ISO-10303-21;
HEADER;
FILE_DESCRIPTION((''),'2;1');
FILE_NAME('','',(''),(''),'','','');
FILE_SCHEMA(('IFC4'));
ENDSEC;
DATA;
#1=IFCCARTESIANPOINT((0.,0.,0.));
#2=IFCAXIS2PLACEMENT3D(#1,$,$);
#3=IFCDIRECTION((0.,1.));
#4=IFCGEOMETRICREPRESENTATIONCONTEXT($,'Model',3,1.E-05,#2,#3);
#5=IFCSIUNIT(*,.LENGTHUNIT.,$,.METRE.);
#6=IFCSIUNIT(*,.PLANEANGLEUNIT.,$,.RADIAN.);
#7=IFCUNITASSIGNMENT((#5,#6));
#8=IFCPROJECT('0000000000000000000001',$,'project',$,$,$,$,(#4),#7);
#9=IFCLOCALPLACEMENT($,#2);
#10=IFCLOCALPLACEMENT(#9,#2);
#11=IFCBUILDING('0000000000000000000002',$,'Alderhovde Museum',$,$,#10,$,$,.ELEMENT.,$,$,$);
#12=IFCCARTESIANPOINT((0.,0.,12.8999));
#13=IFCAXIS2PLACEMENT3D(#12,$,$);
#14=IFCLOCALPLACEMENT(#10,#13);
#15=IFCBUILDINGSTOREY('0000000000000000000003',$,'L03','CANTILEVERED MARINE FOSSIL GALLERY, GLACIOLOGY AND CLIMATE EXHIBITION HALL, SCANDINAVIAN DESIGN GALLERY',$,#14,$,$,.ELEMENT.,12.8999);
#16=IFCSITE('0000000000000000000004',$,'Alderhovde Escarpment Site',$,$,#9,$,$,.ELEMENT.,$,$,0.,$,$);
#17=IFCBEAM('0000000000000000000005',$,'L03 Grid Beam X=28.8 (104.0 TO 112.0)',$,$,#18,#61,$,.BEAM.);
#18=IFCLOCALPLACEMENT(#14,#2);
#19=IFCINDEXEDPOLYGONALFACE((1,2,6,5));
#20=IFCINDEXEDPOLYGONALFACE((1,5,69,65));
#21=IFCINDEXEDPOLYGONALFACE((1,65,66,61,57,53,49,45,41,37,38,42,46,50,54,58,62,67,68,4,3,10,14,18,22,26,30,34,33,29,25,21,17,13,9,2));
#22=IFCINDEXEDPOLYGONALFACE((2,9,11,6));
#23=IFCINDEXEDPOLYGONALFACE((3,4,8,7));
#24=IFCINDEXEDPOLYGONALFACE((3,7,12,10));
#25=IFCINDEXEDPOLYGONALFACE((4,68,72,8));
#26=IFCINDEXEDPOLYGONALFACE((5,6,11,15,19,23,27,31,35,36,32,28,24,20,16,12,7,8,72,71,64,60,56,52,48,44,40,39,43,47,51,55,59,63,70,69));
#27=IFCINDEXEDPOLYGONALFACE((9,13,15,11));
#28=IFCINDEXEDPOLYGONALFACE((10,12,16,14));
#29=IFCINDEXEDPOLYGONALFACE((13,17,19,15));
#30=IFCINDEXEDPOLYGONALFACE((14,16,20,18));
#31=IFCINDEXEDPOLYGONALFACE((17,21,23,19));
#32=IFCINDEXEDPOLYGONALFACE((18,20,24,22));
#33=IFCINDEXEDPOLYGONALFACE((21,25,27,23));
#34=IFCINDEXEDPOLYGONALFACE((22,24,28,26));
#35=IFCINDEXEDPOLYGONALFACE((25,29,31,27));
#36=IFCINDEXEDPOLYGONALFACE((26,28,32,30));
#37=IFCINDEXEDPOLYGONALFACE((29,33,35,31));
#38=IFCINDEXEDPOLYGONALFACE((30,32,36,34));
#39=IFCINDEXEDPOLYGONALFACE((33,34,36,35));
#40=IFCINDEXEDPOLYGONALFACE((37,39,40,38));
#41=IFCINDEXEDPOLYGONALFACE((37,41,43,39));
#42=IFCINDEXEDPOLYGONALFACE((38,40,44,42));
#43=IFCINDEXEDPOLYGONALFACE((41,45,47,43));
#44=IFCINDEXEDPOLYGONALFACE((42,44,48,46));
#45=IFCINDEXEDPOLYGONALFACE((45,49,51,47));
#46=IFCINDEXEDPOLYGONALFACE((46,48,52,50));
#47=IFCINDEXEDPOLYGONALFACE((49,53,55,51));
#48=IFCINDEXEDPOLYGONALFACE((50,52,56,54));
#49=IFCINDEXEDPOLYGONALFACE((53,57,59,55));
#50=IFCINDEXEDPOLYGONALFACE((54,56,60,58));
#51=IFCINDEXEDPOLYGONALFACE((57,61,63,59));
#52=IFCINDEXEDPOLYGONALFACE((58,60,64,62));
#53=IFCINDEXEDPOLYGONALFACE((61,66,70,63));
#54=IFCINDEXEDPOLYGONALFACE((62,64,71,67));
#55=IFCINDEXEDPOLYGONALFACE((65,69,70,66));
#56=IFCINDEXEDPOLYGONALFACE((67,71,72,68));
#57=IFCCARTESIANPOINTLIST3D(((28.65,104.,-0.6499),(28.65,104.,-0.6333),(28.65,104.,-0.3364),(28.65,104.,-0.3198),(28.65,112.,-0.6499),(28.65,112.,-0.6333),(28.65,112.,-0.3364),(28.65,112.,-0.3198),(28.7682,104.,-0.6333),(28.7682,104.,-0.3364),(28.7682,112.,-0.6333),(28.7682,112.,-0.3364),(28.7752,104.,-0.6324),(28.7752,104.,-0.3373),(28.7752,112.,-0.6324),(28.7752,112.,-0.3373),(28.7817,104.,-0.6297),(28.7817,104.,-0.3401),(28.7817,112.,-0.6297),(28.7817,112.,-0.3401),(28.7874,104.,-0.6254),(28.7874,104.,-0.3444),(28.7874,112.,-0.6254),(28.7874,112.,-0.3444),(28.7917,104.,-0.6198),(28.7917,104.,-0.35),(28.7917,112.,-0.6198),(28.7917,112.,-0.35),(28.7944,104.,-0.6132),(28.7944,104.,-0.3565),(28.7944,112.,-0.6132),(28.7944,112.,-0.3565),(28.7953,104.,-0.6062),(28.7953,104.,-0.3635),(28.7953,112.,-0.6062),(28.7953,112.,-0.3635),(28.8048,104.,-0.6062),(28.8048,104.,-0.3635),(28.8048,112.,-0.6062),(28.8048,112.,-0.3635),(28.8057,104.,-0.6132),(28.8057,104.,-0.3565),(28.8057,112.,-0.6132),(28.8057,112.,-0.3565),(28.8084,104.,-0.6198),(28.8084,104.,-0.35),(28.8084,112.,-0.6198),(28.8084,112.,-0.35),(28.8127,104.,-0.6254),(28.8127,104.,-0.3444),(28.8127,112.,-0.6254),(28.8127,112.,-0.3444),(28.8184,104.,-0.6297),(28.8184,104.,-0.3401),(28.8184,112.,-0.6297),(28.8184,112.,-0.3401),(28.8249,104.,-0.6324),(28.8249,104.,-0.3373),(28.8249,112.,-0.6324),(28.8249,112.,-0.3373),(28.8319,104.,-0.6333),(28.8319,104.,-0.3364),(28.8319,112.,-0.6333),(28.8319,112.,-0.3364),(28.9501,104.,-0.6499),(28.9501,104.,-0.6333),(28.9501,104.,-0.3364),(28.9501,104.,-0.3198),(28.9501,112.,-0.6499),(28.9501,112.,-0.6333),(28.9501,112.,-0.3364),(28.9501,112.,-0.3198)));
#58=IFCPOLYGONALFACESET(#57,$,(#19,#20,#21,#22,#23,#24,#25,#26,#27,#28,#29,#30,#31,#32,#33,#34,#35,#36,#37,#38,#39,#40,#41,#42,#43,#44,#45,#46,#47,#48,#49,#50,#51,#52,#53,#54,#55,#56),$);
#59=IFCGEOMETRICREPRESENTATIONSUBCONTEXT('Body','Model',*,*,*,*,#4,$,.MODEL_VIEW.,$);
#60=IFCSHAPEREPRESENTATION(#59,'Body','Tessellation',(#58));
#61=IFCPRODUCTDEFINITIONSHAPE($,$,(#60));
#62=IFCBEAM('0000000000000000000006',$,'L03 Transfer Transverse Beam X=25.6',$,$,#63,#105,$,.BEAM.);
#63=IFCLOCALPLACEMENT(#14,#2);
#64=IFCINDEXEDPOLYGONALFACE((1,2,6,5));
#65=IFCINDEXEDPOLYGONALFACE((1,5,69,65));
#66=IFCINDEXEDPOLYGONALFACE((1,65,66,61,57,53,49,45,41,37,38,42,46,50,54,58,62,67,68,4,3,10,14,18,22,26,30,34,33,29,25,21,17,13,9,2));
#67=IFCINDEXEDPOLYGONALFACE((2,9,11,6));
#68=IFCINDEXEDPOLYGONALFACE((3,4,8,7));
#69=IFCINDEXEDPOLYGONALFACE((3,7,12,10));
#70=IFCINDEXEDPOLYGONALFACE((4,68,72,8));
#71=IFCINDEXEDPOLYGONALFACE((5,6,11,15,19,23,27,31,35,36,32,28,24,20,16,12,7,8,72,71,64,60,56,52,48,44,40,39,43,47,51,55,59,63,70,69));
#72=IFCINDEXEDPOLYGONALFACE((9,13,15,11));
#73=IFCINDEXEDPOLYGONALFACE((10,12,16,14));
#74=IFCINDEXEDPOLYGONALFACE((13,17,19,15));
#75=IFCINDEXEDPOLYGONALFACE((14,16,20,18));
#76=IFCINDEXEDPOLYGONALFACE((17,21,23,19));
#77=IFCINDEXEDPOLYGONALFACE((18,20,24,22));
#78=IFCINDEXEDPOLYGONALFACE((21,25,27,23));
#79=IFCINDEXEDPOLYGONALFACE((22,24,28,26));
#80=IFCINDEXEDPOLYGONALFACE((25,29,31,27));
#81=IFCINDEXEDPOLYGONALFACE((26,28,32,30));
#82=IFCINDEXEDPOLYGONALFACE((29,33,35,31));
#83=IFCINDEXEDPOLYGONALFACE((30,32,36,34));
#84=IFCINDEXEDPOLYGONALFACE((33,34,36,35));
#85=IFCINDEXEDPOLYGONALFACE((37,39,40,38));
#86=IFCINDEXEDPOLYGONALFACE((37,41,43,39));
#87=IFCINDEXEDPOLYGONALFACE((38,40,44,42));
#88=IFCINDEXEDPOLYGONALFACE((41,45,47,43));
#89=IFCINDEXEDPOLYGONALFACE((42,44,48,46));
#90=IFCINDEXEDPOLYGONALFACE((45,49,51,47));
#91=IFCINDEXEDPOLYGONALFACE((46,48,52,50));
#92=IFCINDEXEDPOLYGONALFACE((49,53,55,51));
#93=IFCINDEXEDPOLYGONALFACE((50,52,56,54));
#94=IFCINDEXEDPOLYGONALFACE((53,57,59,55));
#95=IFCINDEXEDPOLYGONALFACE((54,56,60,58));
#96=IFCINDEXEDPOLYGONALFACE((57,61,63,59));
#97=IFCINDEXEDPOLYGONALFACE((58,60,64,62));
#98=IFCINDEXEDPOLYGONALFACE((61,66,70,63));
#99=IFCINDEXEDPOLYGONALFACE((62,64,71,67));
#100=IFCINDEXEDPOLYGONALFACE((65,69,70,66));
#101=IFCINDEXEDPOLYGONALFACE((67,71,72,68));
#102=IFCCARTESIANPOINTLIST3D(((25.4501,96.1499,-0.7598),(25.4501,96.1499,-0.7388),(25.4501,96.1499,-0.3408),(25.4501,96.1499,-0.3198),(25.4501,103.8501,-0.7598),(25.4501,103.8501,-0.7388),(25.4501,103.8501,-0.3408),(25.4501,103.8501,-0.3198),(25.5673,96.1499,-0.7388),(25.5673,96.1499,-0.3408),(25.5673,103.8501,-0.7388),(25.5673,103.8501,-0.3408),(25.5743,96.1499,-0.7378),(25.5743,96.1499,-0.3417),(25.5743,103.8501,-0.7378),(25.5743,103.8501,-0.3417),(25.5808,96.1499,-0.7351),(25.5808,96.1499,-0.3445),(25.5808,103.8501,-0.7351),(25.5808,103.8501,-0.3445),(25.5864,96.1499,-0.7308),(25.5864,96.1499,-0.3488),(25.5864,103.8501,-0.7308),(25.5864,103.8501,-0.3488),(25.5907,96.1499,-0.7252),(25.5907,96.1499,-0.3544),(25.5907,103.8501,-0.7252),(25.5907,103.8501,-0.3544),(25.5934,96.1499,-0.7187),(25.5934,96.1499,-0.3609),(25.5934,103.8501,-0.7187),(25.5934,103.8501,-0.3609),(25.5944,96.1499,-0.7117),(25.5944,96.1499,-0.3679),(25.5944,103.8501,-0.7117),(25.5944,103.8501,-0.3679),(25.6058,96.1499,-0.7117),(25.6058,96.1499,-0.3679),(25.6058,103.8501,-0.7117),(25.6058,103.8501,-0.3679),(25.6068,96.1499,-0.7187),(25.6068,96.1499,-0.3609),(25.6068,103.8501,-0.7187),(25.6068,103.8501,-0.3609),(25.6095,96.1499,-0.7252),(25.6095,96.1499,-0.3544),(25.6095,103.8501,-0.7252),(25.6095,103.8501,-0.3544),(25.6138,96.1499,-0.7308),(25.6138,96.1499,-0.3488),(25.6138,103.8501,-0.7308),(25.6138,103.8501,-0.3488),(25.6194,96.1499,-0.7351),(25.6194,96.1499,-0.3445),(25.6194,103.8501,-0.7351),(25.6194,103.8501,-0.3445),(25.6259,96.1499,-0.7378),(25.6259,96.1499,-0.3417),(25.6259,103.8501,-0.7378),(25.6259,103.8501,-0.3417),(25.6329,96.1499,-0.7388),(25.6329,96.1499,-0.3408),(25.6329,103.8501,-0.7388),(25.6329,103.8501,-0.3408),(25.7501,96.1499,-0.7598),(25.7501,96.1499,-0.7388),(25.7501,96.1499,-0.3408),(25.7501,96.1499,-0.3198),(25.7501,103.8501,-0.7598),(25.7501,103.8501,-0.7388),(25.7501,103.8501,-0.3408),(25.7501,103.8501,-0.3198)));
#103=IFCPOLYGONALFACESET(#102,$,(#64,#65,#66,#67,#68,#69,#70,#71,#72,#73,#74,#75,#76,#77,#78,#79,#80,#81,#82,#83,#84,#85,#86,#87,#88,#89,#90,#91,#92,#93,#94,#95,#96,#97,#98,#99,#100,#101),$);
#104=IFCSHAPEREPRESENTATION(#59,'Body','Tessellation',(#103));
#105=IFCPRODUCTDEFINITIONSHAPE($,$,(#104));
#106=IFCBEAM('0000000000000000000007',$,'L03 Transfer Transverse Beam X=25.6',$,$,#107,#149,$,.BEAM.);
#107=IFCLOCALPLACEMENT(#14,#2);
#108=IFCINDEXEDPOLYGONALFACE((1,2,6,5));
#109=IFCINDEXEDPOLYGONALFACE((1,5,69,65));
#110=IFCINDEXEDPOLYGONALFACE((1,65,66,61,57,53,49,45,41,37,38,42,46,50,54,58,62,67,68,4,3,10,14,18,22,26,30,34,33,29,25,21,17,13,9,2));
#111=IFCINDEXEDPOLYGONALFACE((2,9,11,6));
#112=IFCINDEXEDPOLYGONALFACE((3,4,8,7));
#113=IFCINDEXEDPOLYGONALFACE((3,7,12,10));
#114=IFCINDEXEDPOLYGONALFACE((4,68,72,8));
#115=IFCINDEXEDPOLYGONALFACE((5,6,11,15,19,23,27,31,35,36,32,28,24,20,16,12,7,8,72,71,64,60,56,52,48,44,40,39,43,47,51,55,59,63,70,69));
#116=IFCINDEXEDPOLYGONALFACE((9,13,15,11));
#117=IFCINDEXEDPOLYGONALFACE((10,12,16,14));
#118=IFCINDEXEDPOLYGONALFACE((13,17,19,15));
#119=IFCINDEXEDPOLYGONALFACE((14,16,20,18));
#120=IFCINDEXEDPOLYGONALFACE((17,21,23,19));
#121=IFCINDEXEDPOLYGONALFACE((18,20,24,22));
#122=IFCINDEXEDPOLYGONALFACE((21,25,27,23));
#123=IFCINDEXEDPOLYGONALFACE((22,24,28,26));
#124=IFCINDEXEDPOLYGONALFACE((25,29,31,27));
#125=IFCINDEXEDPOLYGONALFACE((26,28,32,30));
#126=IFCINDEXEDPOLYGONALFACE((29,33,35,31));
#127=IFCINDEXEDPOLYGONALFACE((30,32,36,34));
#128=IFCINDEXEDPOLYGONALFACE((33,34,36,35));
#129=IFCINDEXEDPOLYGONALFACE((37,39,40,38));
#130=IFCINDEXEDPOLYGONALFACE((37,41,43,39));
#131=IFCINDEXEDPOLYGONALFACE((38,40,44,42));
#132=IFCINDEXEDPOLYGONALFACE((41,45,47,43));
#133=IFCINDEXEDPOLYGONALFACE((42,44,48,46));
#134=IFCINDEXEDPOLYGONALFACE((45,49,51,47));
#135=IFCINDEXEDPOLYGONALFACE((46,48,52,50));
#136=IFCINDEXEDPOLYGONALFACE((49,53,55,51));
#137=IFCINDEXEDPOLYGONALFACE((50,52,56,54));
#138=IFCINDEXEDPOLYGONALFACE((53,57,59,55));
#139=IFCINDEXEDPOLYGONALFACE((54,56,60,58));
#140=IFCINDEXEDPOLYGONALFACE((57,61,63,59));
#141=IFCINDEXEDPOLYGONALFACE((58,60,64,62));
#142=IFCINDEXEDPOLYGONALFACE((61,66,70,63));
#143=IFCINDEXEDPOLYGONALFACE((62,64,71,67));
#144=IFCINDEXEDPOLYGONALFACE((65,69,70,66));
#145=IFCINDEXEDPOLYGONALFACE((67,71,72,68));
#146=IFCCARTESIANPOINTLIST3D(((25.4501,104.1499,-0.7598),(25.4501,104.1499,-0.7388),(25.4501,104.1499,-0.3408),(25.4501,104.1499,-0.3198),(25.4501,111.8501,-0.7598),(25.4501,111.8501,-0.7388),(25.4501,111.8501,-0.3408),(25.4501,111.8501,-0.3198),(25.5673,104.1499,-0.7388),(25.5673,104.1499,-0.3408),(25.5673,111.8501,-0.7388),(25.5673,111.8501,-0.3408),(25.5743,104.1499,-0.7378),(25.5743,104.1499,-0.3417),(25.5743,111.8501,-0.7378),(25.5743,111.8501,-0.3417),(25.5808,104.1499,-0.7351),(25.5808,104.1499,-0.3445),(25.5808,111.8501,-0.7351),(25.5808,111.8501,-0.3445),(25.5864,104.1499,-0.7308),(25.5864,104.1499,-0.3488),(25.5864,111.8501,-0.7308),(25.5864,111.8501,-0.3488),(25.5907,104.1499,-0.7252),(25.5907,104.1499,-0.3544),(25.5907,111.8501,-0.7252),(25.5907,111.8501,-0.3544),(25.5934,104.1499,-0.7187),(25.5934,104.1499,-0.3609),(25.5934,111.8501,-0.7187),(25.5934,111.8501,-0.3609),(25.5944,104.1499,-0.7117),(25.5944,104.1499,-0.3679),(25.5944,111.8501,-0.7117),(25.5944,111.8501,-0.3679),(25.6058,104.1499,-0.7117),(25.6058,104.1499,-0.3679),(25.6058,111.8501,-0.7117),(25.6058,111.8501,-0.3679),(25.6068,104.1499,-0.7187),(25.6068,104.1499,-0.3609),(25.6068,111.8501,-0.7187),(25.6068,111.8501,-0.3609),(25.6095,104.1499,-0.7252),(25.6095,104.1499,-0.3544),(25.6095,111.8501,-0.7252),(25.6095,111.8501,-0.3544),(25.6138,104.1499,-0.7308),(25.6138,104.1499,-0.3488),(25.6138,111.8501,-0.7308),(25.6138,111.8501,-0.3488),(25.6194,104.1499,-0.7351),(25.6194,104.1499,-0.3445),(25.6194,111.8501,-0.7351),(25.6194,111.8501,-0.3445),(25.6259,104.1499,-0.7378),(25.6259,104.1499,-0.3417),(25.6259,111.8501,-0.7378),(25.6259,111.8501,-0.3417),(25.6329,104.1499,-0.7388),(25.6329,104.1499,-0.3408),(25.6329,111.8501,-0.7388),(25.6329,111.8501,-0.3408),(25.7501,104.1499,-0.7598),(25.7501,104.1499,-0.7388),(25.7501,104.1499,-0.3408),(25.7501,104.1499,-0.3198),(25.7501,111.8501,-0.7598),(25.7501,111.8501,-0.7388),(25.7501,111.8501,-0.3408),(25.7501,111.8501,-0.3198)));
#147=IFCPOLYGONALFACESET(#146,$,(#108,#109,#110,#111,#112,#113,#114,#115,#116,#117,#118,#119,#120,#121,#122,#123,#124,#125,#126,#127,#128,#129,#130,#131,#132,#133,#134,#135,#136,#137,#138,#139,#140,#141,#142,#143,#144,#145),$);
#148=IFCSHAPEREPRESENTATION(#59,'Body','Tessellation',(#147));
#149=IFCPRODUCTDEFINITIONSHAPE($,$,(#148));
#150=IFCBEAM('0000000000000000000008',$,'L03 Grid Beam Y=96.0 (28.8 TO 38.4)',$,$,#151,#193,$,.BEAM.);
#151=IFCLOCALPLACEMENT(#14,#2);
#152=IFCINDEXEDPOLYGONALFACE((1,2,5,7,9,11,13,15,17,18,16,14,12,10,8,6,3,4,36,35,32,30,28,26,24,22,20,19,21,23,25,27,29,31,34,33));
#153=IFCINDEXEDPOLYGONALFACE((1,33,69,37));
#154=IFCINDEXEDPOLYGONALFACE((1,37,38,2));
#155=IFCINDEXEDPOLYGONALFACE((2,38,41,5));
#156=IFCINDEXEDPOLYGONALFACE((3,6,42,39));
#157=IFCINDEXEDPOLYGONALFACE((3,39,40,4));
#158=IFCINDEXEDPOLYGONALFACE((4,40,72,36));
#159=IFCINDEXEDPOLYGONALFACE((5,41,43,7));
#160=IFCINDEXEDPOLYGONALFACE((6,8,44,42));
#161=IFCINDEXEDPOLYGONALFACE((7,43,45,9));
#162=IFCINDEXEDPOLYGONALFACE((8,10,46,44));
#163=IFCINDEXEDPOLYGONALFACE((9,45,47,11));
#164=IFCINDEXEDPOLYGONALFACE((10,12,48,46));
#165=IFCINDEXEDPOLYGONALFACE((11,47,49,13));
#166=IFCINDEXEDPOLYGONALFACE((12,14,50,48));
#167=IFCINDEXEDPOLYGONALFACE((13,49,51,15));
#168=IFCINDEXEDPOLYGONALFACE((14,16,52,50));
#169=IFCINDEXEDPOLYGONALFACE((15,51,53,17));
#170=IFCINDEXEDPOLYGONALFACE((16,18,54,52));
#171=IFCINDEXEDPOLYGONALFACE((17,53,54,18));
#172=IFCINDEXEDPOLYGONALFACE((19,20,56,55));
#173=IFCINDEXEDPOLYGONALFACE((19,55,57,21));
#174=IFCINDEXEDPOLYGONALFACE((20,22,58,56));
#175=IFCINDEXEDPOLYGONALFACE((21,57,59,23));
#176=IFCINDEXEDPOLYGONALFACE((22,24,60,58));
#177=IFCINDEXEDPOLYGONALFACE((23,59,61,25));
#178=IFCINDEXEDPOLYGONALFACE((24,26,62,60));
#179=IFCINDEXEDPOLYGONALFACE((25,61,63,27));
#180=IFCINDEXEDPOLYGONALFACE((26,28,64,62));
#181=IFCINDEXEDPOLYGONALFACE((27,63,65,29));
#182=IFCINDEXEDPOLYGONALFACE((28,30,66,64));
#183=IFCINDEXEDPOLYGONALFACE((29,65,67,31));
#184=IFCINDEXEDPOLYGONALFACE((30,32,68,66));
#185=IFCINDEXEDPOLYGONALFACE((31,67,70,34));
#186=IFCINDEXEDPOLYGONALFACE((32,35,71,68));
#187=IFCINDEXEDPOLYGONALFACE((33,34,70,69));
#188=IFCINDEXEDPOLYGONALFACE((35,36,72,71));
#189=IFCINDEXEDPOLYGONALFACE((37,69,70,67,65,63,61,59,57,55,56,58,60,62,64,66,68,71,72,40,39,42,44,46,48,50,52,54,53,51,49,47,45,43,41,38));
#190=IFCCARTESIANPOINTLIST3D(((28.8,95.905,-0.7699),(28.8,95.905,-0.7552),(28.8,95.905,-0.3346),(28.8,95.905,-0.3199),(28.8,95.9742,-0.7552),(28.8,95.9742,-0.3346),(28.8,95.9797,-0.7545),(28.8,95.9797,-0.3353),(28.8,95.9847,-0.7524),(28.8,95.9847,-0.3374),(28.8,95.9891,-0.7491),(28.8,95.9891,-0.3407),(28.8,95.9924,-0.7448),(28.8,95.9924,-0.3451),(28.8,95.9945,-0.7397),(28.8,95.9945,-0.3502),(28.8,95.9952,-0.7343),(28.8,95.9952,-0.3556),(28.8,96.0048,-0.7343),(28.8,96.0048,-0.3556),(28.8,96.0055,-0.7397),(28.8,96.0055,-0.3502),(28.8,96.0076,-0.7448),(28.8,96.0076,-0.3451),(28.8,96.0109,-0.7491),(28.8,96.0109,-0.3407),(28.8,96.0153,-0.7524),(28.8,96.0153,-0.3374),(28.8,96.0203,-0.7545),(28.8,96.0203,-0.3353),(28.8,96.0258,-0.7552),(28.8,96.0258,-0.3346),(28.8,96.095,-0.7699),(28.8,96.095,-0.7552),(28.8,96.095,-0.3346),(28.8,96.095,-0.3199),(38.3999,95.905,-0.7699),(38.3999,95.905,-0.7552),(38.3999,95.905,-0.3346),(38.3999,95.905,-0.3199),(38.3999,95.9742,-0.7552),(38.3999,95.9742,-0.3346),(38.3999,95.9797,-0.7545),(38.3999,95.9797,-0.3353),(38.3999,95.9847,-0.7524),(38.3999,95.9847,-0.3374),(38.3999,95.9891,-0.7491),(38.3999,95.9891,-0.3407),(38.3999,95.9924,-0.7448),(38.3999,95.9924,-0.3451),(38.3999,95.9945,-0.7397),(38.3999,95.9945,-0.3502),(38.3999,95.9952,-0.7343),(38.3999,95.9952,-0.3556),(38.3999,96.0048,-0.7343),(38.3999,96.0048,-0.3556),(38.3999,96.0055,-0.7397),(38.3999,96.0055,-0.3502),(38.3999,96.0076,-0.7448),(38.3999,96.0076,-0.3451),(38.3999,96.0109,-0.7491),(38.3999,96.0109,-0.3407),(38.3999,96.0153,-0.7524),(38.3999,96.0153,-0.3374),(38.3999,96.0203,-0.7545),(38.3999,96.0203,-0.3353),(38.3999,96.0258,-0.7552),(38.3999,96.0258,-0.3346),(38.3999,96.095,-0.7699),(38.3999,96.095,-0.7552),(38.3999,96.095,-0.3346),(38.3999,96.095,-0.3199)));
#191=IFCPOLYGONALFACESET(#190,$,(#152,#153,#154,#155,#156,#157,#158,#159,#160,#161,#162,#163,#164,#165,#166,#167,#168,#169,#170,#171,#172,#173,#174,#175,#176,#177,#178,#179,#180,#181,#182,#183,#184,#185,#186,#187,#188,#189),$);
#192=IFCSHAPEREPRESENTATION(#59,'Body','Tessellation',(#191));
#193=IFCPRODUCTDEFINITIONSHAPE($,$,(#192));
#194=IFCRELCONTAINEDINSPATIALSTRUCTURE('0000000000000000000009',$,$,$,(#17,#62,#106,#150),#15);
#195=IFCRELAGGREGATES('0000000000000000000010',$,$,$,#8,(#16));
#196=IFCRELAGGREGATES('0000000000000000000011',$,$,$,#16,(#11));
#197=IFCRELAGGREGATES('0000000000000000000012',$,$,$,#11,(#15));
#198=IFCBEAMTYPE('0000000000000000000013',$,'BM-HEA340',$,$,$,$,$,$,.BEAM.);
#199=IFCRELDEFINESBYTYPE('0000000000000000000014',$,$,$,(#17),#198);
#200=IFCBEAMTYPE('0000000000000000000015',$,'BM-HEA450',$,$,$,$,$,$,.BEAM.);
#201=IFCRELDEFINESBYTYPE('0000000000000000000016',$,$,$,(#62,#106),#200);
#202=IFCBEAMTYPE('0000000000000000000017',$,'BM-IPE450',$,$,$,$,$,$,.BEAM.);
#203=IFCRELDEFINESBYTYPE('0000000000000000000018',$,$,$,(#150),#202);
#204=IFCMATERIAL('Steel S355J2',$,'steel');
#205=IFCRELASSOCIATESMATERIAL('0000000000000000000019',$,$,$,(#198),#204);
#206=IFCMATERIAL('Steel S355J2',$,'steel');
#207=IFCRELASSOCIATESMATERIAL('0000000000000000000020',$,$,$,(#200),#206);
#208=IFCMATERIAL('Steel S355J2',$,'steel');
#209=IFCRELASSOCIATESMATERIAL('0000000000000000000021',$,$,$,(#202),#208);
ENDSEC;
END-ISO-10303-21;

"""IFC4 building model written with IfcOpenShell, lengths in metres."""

from ifc_helpers import new_model, si_unit, direction, frame, origin, origin_2d, place, context, subcontext, project, spatial, i_section, extrude, material, material_profile, profile_set, type_object, element, save


model = new_model("IFC4")

# Units and contexts
model_context = context("Model", 3, precision=1e-05, world=origin(), true_north=direction((0.0, 1.0)))
body_context = subcontext(model_context, "Body", "Model", "MODEL_VIEW")
ifc_project = project(units=[si_unit("LENGTHUNIT", "METRE"), si_unit("PLANEANGLEUNIT", "RADIAN")], contexts=[model_context])

# Site, building, storey
site_placement = place(None, origin())
site = spatial("IfcSite", under=ifc_project, at=site_placement, Name="Alderhovde Escarpment Site", CompositionType="ELEMENT", RefElevation=0.0)
building_placement = place(site_placement, origin())
building = spatial("IfcBuilding", under=site, at=building_placement, Name="Alderhovde Museum", CompositionType="ELEMENT")
storey_placement = place(building_placement, frame((0.0, 0.0, 12.8999)))
storey = spatial("IfcBuildingStorey", under=building, at=storey_placement, Name="L03", Description="CANTILEVERED MARINE FOSSIL GALLERY, GLACIOLOGY AND CLIMATE EXHIBITION HALL, SCANDINAVIAN DESIGN GALLERY", CompositionType="ELEMENT", Elevation=12.8999)

# Beams
ifc_material_1 = material(Name="Steel S355J2", Category="steel")
ifc_material_profile_1 = material_profile(ifc_material_1, i_section(OverallWidth=0.3, OverallDepth=0.3301, WebThickness=0.0095, FlangeThickness=0.0166, FilletRadius=0.0271, at=origin_2d()), Name="HEA 340")
ifc_profile_set_1 = profile_set([ifc_material_profile_1], Name="Steel S355J2")
beam_type_1 = type_object("IfcBeamType", Name="BM-HEA340", PredefinedType="BEAM", material=ifc_profile_set_1)
for number, where, z_axis, x_axis, name in (
    (1, (28.8, 104.0, -0.4849), (0.0, 1.0, 0.0), (-1.0, 0.0, 0.0), "L03 Grid Beam X=28.8 (104.0 TO 112.0)"),
):
    element("IfcBeam", number, at=place(storey_placement, frame(where, z_axis=z_axis, x_axis=x_axis)), inside=storey, type_object=beam_type_1, Name=name, PredefinedType="BEAM", context=body_context, shape_type="SweptSolid", body=[
        extrude(i_section(OverallWidth=0.3, OverallDepth=0.3301, WebThickness=0.0095, FlangeThickness=0.0166, FilletRadius=0.0271, at=origin_2d()), origin(), (0.0, 0.0, 1.0), 8.0),
    ])
ifc_material_2 = material(Name="Steel S355J2", Category="steel")
ifc_material_profile_2 = material_profile(ifc_material_2, i_section(OverallWidth=0.3, OverallDepth=0.4399, WebThickness=0.0115, FlangeThickness=0.021, FilletRadius=0.0271, at=origin_2d()), Name="HEA 450")
ifc_profile_set_2 = profile_set([ifc_material_profile_2], Name="Steel S355J2")
beam_type_2 = type_object("IfcBeamType", Name="BM-HEA450", PredefinedType="BEAM", material=ifc_profile_set_2)
for number, where, z_axis, x_axis, name in (
    (2, (25.6001, 96.1499, -0.5398), (0.0, 1.0, 0.0), (-1.0, 0.0, 0.0), "L03 Transfer Transverse Beam X=25.6"),
    (3, (25.6001, 104.1499, -0.5398), (0.0, 1.0, 0.0), (-1.0, 0.0, 0.0), "L03 Transfer Transverse Beam X=25.6"),
):
    element("IfcBeam", number, at=place(storey_placement, frame(where, z_axis=z_axis, x_axis=x_axis)), inside=storey, type_object=beam_type_2, Name=name, PredefinedType="BEAM", context=body_context, shape_type="SweptSolid", body=[
        extrude(i_section(OverallWidth=0.3, OverallDepth=0.4399, WebThickness=0.0115, FlangeThickness=0.021, FilletRadius=0.0271, at=origin_2d()), origin(), (0.0, 0.0, 1.0), 7.7002),
    ])
ifc_material_3 = material(Name="Steel S355J2", Category="steel")
ifc_material_profile_3 = material_profile(ifc_material_3, i_section(OverallWidth=0.1899, OverallDepth=0.45, WebThickness=0.0095, FlangeThickness=0.0146, FilletRadius=0.021, at=origin_2d()), Name="IPE 450")
ifc_profile_set_3 = profile_set([ifc_material_profile_3], Name="Steel S355J2")
beam_type_3 = type_object("IfcBeamType", Name="BM-IPE450", PredefinedType="BEAM", material=ifc_profile_set_3)
for number, where, z_axis, x_axis, name in (
    (4, (28.8, 96.0, -0.5449), (1.0, 0.0, 0.0), (0.0, 1.0, 0.0), "L03 Grid Beam Y=96.0 (28.8 TO 38.4)"),
):
    element("IfcBeam", number, at=place(storey_placement, frame(where, z_axis=z_axis, x_axis=x_axis)), inside=storey, type_object=beam_type_3, Name=name, PredefinedType="BEAM", context=body_context, shape_type="SweptSolid", body=[
        extrude(i_section(OverallWidth=0.1899, OverallDepth=0.45, WebThickness=0.0095, FlangeThickness=0.0146, FilletRadius=0.021, at=origin_2d()), origin(), (0.0, 0.0, 1.0), 9.5999),
    ])

save(model, "model.ifc")
